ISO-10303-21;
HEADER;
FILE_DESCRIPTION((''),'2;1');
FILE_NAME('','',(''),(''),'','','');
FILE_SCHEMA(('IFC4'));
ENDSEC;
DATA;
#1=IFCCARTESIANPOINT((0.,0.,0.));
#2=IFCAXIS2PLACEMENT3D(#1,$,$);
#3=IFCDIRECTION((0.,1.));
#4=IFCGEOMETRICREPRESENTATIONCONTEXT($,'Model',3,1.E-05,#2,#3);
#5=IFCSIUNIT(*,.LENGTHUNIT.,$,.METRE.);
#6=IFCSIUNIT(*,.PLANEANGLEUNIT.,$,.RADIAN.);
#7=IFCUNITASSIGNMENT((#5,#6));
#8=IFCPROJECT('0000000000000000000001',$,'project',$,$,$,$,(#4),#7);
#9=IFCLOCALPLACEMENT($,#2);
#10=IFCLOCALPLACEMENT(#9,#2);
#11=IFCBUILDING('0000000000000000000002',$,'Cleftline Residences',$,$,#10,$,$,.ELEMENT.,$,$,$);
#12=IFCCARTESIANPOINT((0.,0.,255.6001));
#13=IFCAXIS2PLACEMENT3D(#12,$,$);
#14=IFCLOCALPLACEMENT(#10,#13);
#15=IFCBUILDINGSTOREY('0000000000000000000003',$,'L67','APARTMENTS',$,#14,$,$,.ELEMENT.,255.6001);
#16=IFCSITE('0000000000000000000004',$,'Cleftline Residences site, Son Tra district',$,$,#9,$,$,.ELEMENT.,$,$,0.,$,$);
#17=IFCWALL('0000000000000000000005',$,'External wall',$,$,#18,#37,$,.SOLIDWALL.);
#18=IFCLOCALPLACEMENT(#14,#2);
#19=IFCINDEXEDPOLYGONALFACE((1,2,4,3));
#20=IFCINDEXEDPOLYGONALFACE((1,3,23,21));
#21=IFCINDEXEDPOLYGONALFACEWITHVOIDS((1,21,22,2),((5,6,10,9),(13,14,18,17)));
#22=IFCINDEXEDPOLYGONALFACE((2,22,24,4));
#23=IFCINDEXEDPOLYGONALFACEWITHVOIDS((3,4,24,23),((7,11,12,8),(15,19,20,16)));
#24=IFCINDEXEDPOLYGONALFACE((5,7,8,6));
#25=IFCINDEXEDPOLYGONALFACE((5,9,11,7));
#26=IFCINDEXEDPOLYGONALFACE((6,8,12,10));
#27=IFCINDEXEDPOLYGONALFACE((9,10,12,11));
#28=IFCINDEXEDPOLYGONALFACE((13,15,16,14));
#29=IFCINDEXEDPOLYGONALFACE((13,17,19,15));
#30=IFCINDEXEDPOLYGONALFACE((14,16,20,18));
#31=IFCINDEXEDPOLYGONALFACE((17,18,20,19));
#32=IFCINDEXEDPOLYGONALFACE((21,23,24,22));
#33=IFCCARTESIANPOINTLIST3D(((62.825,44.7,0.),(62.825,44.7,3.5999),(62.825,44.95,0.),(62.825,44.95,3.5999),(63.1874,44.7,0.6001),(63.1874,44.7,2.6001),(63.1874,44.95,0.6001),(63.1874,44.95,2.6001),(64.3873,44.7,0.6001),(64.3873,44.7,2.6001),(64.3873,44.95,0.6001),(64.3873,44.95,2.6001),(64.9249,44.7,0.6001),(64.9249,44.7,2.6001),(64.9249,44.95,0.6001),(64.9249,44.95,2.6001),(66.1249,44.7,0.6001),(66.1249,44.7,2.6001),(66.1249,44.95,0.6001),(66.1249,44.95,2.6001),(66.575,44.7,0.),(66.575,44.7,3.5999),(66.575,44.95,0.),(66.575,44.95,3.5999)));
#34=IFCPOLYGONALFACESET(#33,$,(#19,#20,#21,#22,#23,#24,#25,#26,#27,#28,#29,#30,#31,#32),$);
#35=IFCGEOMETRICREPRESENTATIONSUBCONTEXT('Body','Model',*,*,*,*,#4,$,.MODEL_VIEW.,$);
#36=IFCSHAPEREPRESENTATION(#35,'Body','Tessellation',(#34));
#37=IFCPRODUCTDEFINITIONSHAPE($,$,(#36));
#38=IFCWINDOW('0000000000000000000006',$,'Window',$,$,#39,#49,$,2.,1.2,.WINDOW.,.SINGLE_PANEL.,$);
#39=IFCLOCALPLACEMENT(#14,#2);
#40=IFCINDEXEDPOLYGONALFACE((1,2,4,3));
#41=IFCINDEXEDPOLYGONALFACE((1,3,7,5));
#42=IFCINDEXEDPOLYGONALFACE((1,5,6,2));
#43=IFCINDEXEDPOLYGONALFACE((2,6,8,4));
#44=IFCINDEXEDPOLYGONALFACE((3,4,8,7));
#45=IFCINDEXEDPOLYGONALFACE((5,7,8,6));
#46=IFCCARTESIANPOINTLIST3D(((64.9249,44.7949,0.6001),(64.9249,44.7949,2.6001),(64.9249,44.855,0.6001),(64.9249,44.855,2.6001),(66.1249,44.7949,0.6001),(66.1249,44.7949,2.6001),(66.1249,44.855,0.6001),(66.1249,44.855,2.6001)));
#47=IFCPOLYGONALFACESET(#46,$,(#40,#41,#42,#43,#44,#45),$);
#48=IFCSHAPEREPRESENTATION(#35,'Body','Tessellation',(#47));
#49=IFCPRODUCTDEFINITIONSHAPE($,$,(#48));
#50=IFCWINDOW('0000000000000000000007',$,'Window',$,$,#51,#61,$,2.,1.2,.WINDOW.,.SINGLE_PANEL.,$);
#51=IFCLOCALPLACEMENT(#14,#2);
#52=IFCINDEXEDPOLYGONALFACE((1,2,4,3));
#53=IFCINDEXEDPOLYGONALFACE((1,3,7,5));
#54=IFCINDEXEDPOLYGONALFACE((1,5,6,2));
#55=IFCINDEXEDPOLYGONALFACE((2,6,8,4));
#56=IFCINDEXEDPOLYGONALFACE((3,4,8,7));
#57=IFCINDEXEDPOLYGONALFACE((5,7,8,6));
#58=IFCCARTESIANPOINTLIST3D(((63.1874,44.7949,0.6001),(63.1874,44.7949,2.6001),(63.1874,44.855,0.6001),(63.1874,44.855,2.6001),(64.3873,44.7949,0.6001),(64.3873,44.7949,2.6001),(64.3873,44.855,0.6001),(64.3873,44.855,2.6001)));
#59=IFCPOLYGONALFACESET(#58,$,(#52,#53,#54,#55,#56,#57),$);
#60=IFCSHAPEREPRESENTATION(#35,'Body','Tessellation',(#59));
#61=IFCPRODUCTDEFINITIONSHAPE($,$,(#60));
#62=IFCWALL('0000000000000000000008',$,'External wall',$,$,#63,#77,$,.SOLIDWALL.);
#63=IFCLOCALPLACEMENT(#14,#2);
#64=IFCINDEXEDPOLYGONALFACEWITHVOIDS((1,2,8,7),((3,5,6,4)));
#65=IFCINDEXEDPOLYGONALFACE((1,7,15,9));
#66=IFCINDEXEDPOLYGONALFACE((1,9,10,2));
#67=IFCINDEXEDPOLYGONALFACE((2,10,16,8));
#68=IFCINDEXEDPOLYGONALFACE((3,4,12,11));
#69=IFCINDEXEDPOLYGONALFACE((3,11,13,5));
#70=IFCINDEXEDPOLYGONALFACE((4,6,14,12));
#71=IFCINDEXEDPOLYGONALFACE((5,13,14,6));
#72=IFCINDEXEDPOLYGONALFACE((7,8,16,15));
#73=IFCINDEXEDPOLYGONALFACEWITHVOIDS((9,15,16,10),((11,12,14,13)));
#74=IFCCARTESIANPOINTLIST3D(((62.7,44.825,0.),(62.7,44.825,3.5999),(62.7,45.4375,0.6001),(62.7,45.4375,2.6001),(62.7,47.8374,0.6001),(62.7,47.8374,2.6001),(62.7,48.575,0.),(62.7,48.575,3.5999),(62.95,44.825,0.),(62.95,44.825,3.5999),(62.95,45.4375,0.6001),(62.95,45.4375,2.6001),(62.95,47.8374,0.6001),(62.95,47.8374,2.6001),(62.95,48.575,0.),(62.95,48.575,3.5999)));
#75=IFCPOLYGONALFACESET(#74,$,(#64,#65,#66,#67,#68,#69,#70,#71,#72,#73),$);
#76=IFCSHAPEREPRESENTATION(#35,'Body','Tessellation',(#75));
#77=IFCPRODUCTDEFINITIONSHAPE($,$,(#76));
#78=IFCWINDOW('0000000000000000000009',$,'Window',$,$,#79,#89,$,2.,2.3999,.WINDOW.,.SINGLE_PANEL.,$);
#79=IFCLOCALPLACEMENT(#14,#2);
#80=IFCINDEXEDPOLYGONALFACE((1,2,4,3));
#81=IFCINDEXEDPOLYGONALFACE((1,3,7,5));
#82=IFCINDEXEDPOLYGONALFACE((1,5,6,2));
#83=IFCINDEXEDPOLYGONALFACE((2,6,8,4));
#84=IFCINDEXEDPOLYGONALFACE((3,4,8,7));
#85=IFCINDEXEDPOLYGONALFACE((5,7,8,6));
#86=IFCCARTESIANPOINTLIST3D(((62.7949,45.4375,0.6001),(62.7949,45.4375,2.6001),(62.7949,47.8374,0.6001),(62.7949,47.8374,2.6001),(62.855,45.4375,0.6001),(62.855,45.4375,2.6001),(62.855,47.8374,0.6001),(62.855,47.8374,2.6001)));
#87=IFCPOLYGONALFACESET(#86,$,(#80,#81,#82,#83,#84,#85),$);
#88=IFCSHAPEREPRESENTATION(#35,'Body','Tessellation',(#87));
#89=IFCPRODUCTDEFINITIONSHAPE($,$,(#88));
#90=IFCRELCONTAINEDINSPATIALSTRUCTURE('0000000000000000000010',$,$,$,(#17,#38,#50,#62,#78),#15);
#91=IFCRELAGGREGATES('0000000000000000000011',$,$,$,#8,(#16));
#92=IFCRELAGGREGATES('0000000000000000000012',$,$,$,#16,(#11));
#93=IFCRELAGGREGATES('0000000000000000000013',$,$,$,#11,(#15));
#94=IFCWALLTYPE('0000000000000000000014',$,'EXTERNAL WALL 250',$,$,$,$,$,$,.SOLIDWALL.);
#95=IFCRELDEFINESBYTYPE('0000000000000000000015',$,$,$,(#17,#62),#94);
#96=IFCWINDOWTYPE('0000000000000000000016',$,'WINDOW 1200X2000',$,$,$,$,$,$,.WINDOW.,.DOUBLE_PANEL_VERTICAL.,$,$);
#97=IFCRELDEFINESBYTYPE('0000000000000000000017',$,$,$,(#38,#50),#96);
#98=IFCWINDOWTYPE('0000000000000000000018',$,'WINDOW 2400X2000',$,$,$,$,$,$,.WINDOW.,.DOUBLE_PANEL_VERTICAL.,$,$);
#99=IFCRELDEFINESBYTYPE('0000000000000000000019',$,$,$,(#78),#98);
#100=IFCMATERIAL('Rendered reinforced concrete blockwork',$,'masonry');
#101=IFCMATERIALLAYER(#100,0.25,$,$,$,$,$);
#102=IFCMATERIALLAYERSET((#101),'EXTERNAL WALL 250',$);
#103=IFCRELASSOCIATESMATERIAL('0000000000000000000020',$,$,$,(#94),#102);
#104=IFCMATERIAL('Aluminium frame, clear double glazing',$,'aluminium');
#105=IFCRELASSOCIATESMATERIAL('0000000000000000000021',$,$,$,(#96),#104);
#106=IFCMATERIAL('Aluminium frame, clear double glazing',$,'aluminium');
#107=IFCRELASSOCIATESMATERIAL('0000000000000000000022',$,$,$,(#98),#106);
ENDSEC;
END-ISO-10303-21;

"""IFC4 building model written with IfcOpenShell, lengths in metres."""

from ifc_helpers import new_model, si_unit, direction, frame, frame_2d, origin, place, context, subcontext, project, spatial, rectangle, extrude, material, layer, layer_set, type_object, element, fill, save


model = new_model("IFC4")

# Units and contexts
model_context = context("Model", 3, precision=1e-05, world=origin(), true_north=direction((0.0, 1.0)))
body_context = subcontext(model_context, "Body", "Model", "MODEL_VIEW")
ifc_project = project(units=[si_unit("LENGTHUNIT", "METRE"), si_unit("PLANEANGLEUNIT", "RADIAN")], contexts=[model_context])

# Site, building, storey
site_placement = place(None, origin())
site = spatial("IfcSite", under=ifc_project, at=site_placement, Name="Cleftline Residences site, Son Tra district", CompositionType="ELEMENT", RefElevation=0.0)
building_placement = place(site_placement, origin())
building = spatial("IfcBuilding", under=site, at=building_placement, Name="Cleftline Residences", CompositionType="ELEMENT")
storey_placement = place(building_placement, frame((0.0, 0.0, 255.6001)))
storey = spatial("IfcBuildingStorey", under=building, at=storey_placement, Name="L67", Description="APARTMENTS", CompositionType="ELEMENT", Elevation=255.6001)

# Wall, openings, windows
ifc_material_1 = material(Name="Rendered reinforced concrete blockwork", Category="masonry")
ifc_layer_1 = layer(ifc_material_1, 0.25)
ifc_layer_set_1 = layer_set([ifc_layer_1], Name="EXTERNAL WALL 250")
wall_type_1 = type_object("IfcWallType", Name="EXTERNAL WALL 250", PredefinedType="SOLIDWALL", material=ifc_layer_set_1)
wall_1_placement = place(storey_placement, frame((66.575, 44.825, 0.0), z_axis=(0.0, 0.0, 1.0), x_axis=(-1.0, 0.0, 0.0)))
wall_1 = element("IfcWall", 1, at=wall_1_placement, inside=storey, type_object=wall_type_1, Name="External wall", PredefinedType="SOLIDWALL", context=body_context, shape_type="SweptSolid", body=[
    extrude(rectangle(XDim=3.75, YDim=0.25, at=frame_2d((1.875, 0.0))), origin(), (0.0, 0.0, 1.0), 3.5999),
])
opening_1_placement = place(wall_1_placement, frame((0.45, 0.0, 0.6001)))
opening_1 = element("IfcOpeningElement", 2, at=opening_1_placement, cuts=wall_1, PredefinedType="OPENING", context=body_context, shape_type="SweptSolid", body=[
    extrude(rectangle(XDim=1.2, YDim=2.0, at=frame_2d((0.6001, 1.0))), frame((0.0, 0.135, 0.0), z_axis=(0.0, -1.0, 0.0), x_axis=(1.0, 0.0, 0.0)), (0.0, 0.0, 1.0), 0.27),
])
opening_2_placement = place(wall_1_placement, frame((2.1875, 0.0, 0.6001)))
opening_2 = element("IfcOpeningElement", 3, at=opening_2_placement, cuts=wall_1, PredefinedType="OPENING", context=body_context, shape_type="SweptSolid", body=[
    extrude(rectangle(XDim=1.2, YDim=2.0, at=frame_2d((0.6001, 1.0))), frame((0.0, 0.135, 0.0), z_axis=(0.0, -1.0, 0.0), x_axis=(1.0, 0.0, 0.0)), (0.0, 0.0, 1.0), 0.27),
])
ifc_material_2 = material(Name="Aluminium frame, clear double glazing", Category="aluminium")
window_type_1 = type_object("IfcWindowType", Name="WINDOW 1200X2000", PartitioningType="DOUBLE_PANEL_VERTICAL", PredefinedType="WINDOW", material=ifc_material_2)
window_1_placement = place(opening_1_placement, origin())
window_1 = element("IfcWindow", 4, at=window_1_placement, inside=storey, type_object=window_type_1, Name="Window", OverallHeight=2.0, OverallWidth=1.2, PartitioningType="SINGLE_PANEL", PredefinedType="WINDOW", context=body_context, shape_type="SweptSolid", body=[
    extrude(rectangle(XDim=1.2, YDim=2.0, at=frame_2d((0.6001, 1.0))), frame((0.0, 0.03, 0.0), z_axis=(0.0, -1.0, 0.0), x_axis=(1.0, 0.0, 0.0)), (0.0, 0.0, 1.0), 0.0601),
])
fill(opening_1, window_1)
window_2_placement = place(opening_2_placement, origin())
window_2 = element("IfcWindow", 5, at=window_2_placement, inside=storey, type_object=window_type_1, Name="Window", OverallHeight=2.0, OverallWidth=1.2, PartitioningType="SINGLE_PANEL", PredefinedType="WINDOW", context=body_context, shape_type="SweptSolid", body=[
    extrude(rectangle(XDim=1.2, YDim=2.0, at=frame_2d((0.6001, 1.0))), frame((0.0, 0.03, 0.0), z_axis=(0.0, -1.0, 0.0), x_axis=(1.0, 0.0, 0.0)), (0.0, 0.0, 1.0), 0.0601),
])
fill(opening_2, window_2)

# Wall, opening, window
wall_2_placement = place(storey_placement, frame((62.825, 44.825, 0.0), z_axis=(0.0, 0.0, 1.0), x_axis=(0.0, 1.0, 0.0)))
wall_2 = element("IfcWall", 6, at=wall_2_placement, inside=storey, type_object=wall_type_1, Name="External wall", PredefinedType="SOLIDWALL", context=body_context, shape_type="SweptSolid", body=[
    extrude(rectangle(XDim=3.75, YDim=0.25, at=frame_2d((1.875, 0.0))), origin(), (0.0, 0.0, 1.0), 3.5999),
])
opening_3_placement = place(wall_2_placement, frame((0.6125, 0.0, 0.6001)))
opening_3 = element("IfcOpeningElement", 7, at=opening_3_placement, cuts=wall_2, PredefinedType="OPENING", context=body_context, shape_type="SweptSolid", body=[
    extrude(rectangle(XDim=2.3999, YDim=2.0, at=frame_2d((1.2, 1.0))), frame((0.0, 0.135, 0.0), z_axis=(0.0, -1.0, 0.0), x_axis=(1.0, 0.0, 0.0)), (0.0, 0.0, 1.0), 0.27),
])
ifc_material_3 = material(Name="Aluminium frame, clear double glazing", Category="aluminium")
window_type_2 = type_object("IfcWindowType", Name="WINDOW 2400X2000", PartitioningType="DOUBLE_PANEL_VERTICAL", PredefinedType="WINDOW", material=ifc_material_3)
window_3_placement = place(opening_3_placement, origin())
window_3 = element("IfcWindow", 8, at=window_3_placement, inside=storey, type_object=window_type_2, Name="Window", OverallHeight=2.0, OverallWidth=2.3999, PartitioningType="SINGLE_PANEL", PredefinedType="WINDOW", context=body_context, shape_type="SweptSolid", body=[
    extrude(rectangle(XDim=2.3999, YDim=2.0, at=frame_2d((1.2, 1.0))), frame((0.0, 0.03, 0.0), z_axis=(0.0, -1.0, 0.0), x_axis=(1.0, 0.0, 0.0)), (0.0, 0.0, 1.0), 0.0601),
])
fill(opening_3, window_3)

save(model, "model.ifc")
